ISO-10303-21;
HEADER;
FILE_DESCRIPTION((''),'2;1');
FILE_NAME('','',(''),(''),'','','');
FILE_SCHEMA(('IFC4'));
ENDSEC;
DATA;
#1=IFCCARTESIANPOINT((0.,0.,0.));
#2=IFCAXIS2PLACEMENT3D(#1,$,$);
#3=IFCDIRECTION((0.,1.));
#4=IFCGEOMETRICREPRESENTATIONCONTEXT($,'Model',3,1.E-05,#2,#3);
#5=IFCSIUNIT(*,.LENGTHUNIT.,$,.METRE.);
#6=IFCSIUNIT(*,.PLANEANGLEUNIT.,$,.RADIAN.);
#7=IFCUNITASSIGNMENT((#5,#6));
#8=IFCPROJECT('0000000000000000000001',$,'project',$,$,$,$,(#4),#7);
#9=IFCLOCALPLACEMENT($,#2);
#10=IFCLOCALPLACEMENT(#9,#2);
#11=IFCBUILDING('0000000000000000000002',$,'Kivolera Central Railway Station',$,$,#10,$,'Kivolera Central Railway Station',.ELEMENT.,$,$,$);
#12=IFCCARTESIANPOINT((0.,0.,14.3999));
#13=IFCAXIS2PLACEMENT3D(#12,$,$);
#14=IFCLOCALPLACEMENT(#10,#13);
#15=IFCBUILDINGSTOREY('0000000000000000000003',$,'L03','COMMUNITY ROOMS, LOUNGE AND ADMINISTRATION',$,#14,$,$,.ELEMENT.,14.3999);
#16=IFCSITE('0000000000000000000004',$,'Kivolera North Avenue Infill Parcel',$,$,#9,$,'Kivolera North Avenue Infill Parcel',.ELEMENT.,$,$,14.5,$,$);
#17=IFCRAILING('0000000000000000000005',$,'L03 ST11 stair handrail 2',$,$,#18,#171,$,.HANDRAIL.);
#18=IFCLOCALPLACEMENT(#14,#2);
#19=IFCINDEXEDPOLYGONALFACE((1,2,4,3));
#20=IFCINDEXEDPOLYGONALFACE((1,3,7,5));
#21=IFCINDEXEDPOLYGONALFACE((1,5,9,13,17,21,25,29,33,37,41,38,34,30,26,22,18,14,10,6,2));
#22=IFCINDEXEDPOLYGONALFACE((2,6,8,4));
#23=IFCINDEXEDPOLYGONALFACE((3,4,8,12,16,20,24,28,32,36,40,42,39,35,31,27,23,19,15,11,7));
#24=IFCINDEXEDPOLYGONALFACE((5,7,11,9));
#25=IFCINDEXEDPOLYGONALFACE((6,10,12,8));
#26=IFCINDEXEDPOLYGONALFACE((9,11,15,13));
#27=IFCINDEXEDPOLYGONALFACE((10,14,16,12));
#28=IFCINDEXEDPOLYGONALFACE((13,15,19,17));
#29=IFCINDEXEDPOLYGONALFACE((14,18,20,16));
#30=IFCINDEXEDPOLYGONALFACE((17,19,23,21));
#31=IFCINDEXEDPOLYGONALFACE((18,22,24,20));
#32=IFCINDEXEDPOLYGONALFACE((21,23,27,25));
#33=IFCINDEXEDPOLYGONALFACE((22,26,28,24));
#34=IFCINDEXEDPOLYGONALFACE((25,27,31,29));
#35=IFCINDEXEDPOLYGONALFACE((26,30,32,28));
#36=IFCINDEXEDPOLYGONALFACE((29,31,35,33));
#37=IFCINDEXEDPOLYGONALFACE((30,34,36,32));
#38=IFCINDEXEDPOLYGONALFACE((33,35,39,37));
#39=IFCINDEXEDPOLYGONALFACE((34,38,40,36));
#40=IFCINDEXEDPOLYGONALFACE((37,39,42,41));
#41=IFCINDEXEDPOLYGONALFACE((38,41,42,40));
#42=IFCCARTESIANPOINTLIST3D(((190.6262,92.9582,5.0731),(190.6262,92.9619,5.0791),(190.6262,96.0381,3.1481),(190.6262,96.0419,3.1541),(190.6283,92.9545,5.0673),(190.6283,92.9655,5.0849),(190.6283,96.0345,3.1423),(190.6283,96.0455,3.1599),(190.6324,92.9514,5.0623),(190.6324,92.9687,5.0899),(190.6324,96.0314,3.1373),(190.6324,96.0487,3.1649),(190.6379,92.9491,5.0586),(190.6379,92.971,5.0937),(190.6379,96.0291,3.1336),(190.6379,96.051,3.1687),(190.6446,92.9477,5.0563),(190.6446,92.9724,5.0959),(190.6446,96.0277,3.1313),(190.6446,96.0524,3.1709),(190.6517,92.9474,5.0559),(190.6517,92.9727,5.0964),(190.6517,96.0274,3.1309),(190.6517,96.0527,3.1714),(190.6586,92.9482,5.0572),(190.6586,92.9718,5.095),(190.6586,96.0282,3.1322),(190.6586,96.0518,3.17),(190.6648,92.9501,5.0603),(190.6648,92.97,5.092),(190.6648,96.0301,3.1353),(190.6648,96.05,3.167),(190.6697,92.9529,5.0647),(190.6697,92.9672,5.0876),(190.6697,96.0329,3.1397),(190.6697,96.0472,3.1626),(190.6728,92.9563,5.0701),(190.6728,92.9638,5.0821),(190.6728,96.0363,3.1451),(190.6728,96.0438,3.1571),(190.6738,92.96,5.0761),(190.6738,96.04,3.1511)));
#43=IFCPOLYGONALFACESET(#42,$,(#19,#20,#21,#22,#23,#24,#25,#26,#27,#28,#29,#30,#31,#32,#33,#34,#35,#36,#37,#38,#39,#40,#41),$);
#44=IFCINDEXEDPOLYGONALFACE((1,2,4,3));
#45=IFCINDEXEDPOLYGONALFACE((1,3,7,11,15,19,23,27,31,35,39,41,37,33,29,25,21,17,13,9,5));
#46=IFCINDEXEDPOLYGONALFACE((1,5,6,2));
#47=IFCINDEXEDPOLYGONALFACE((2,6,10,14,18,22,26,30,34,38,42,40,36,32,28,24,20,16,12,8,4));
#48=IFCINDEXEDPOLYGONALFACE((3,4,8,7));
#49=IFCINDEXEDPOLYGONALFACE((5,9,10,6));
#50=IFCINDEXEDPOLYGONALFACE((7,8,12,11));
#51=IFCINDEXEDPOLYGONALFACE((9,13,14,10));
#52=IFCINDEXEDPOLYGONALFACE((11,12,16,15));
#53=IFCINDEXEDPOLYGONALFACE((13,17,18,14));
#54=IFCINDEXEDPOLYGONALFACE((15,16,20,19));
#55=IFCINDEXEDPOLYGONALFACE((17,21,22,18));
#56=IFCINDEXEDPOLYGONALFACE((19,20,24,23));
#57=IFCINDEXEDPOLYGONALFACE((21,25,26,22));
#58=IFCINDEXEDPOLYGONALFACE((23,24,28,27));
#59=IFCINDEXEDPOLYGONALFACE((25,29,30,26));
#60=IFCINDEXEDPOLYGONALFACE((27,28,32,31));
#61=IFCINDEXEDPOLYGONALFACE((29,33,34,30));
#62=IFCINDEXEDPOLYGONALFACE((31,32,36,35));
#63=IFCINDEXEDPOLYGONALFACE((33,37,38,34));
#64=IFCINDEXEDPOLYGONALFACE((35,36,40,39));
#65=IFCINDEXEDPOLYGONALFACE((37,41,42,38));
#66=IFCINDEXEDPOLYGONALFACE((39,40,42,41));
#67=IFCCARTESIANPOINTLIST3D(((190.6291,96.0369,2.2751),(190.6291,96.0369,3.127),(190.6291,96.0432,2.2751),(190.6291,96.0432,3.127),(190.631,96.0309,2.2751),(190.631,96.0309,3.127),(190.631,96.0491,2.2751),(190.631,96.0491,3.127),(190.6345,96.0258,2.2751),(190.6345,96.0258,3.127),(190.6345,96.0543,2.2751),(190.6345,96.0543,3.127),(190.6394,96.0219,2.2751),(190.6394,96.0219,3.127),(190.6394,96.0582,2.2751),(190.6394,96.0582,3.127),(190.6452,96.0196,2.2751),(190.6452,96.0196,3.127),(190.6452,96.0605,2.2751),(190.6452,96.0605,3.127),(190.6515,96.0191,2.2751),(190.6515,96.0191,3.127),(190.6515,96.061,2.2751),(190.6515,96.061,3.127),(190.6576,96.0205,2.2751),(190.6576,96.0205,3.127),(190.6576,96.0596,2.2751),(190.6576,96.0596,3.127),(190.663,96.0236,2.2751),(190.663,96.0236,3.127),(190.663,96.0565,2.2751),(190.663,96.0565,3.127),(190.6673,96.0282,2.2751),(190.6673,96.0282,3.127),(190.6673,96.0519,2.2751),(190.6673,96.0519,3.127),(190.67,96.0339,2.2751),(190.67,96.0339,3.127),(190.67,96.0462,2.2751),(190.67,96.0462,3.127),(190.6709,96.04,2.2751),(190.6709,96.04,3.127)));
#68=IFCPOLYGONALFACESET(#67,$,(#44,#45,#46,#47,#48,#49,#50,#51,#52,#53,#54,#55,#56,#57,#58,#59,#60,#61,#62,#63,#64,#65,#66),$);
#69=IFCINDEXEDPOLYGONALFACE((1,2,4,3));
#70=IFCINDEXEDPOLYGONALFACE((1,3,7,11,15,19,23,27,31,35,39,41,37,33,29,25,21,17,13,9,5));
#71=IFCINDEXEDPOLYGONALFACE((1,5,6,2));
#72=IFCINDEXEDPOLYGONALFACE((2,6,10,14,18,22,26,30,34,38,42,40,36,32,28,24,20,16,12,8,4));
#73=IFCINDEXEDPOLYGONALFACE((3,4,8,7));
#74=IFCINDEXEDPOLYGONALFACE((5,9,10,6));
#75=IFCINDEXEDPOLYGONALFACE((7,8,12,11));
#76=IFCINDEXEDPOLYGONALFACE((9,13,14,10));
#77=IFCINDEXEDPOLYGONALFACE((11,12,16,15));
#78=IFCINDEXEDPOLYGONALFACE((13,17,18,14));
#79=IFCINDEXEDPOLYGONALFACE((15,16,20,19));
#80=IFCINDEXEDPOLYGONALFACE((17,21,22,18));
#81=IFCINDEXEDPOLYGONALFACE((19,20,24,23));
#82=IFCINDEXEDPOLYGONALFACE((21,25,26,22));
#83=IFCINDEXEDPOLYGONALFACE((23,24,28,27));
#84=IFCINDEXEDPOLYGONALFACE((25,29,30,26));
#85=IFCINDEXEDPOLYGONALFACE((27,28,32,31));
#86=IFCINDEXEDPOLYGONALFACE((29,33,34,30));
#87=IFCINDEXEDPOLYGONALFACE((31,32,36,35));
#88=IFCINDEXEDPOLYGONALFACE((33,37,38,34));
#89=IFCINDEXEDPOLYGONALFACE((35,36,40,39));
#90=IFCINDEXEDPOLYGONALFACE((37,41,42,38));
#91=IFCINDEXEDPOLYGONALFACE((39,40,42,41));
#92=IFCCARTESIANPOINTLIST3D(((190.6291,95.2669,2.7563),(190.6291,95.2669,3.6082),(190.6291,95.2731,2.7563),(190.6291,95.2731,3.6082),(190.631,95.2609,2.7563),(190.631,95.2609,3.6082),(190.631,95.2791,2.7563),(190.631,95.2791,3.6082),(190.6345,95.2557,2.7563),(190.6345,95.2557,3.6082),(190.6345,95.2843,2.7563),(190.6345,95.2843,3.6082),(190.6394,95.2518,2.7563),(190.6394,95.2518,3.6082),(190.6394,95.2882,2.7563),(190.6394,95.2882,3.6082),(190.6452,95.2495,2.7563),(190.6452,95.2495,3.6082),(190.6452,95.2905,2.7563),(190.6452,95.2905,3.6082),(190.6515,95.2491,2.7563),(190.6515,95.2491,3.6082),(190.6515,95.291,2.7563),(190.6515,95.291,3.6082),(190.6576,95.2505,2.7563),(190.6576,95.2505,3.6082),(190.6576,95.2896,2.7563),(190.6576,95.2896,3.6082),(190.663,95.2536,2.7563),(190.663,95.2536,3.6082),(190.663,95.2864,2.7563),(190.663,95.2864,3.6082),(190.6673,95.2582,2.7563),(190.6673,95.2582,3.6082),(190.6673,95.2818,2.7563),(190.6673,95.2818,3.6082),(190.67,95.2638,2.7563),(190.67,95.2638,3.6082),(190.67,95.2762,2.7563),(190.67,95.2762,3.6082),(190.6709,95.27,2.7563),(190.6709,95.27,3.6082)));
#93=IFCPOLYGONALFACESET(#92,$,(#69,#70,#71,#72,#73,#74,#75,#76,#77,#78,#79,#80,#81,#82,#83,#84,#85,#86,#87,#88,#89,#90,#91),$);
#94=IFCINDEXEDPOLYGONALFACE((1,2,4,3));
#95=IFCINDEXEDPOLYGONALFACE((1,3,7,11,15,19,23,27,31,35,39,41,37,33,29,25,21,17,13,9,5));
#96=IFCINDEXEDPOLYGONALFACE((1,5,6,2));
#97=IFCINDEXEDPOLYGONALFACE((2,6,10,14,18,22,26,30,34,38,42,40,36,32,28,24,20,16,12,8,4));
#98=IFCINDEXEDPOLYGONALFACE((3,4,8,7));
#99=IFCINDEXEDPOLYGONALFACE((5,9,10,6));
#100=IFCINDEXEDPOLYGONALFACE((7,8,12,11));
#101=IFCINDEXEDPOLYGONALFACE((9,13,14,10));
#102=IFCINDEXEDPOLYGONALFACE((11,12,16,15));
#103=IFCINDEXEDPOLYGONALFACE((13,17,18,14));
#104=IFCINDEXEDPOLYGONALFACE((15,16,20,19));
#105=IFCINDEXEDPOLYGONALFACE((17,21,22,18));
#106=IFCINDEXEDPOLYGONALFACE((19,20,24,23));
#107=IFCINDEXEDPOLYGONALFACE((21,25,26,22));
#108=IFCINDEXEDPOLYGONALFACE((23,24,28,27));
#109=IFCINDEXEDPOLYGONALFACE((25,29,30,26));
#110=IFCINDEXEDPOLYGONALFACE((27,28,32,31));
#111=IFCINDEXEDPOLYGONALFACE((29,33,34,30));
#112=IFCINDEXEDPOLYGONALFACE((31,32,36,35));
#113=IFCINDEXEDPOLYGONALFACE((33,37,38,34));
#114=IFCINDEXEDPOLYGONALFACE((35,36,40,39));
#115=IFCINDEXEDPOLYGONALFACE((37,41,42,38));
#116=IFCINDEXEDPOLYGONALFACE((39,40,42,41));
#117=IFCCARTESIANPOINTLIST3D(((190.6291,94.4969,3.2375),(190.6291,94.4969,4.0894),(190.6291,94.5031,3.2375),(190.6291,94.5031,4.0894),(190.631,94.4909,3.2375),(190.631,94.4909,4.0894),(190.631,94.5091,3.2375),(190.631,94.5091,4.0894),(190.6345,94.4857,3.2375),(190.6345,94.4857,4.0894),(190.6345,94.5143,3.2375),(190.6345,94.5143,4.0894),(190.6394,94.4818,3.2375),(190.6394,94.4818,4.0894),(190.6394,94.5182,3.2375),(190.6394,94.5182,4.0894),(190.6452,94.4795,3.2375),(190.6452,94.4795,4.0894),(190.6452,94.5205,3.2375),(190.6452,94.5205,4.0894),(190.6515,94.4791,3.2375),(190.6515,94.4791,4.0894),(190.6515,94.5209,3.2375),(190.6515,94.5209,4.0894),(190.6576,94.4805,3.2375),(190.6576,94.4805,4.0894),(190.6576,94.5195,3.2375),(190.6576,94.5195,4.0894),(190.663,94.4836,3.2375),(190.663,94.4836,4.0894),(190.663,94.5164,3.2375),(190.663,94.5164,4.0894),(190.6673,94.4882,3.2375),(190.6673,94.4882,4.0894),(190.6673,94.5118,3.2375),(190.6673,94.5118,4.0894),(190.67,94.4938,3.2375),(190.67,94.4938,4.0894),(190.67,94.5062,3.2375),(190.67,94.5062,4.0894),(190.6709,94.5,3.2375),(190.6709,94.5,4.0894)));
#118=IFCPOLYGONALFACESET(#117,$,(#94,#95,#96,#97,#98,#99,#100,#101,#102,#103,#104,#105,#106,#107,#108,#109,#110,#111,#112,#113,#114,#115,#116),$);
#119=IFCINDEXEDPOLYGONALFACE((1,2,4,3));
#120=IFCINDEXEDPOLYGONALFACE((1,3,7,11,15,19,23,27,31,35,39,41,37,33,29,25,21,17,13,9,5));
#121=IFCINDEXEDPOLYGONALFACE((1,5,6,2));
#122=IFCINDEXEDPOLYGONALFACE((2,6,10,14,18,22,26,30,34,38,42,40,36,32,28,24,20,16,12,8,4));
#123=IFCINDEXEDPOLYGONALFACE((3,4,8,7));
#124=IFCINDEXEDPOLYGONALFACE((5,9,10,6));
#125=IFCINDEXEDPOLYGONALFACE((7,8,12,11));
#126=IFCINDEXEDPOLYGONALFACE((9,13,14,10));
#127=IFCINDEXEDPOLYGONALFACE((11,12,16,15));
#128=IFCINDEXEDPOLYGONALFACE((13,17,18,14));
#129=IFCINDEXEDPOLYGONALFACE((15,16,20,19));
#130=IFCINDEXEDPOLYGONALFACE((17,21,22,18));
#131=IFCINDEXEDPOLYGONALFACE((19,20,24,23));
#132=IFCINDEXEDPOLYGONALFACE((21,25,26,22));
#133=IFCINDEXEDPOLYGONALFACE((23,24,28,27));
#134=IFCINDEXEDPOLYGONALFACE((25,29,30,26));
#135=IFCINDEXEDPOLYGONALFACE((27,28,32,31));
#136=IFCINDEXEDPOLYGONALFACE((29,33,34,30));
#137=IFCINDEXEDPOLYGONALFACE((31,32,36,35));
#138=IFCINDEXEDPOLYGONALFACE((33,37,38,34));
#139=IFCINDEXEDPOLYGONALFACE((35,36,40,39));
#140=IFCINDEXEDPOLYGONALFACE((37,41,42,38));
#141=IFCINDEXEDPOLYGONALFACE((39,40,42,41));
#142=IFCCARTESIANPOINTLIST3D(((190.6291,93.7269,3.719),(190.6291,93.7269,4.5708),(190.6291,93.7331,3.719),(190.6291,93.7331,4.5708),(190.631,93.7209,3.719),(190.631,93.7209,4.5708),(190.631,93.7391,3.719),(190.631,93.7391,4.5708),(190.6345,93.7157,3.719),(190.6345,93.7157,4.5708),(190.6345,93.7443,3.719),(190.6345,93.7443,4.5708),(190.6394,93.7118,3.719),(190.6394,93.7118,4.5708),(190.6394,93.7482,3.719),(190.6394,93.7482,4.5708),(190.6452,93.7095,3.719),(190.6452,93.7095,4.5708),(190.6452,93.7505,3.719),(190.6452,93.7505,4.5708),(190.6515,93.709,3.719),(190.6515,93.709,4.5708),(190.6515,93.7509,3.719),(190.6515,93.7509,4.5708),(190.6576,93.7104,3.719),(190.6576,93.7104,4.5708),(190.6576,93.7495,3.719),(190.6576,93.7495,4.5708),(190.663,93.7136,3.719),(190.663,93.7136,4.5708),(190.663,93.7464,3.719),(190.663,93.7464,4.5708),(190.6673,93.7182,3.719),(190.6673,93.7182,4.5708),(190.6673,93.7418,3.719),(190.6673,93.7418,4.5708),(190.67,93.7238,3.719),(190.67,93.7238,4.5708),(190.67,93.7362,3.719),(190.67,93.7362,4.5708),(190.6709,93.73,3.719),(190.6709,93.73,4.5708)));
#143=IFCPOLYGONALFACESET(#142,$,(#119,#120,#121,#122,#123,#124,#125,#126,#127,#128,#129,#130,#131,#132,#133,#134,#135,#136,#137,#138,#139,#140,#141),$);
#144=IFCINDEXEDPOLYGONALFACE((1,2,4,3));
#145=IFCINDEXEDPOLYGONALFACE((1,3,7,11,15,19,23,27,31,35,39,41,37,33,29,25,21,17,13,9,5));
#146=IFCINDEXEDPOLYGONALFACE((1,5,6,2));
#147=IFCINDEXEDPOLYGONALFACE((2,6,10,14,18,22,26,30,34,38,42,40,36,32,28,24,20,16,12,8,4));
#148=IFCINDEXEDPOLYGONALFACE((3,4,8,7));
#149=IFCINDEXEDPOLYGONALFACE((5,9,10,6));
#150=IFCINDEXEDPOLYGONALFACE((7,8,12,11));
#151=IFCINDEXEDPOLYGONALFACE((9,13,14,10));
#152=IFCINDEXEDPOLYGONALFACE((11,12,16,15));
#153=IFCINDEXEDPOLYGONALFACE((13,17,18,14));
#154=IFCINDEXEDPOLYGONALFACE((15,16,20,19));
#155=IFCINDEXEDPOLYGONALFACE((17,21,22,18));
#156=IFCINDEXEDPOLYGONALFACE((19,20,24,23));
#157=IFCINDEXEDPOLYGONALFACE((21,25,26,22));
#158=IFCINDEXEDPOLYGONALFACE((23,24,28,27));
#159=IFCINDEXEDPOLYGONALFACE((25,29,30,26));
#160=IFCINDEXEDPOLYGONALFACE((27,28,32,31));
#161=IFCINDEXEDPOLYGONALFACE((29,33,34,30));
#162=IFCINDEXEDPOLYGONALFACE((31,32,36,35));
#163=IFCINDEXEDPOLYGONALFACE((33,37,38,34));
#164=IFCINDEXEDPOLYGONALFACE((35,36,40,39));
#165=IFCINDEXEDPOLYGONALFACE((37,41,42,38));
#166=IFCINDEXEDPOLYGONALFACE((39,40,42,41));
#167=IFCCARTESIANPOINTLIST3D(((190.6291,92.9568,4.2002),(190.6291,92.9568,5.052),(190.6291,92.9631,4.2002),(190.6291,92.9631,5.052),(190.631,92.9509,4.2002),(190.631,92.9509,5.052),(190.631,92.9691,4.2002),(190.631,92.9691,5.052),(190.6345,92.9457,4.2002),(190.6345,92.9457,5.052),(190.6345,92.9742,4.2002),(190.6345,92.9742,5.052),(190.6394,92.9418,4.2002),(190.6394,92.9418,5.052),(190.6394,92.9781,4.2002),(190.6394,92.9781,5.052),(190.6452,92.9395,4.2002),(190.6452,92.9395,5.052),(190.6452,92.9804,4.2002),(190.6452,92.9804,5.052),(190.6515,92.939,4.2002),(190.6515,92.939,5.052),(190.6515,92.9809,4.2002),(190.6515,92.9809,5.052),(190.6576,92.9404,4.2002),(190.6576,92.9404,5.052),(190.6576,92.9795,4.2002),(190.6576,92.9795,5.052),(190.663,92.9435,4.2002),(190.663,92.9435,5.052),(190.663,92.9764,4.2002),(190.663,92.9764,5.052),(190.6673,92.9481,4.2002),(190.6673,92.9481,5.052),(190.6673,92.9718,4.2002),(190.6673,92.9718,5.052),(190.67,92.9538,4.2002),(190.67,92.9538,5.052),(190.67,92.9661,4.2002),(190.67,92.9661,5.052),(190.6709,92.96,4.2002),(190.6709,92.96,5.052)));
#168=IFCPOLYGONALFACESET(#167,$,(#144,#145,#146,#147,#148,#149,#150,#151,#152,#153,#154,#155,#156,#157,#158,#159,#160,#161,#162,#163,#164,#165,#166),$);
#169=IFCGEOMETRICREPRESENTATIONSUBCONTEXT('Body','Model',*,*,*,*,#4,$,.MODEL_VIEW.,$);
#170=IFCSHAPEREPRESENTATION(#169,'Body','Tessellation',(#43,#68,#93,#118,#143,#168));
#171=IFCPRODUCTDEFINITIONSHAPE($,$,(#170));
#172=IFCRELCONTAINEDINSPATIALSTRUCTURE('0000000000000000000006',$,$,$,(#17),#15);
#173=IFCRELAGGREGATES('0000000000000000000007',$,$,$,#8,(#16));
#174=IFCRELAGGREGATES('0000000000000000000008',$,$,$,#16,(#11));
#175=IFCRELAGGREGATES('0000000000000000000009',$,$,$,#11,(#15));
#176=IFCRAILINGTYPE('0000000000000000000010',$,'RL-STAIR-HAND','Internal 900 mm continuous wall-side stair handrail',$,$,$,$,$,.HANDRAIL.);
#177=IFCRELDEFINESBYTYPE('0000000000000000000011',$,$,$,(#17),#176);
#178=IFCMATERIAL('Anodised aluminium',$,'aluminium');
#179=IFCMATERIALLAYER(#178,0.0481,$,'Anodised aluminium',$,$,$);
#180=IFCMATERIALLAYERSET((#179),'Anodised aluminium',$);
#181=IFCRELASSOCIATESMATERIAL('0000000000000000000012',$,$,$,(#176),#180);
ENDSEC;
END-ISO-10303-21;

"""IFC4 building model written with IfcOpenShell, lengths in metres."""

from ifc_helpers import new_model, si_unit, direction, frame, origin, origin_2d, place, context, subcontext, project, spatial, circle, extrude, material, layer, layer_set, type_object, element, save


model = new_model("IFC4")

# Units and contexts
model_context = context("Model", 3, precision=1e-05, world=origin(), true_north=direction((0.0, 1.0)))
body_context = subcontext(model_context, "Body", "Model", "MODEL_VIEW")
ifc_project = project(units=[si_unit("LENGTHUNIT", "METRE"), si_unit("PLANEANGLEUNIT", "RADIAN")], contexts=[model_context])

# Site, building, storey
site_placement = place(None, origin())
site = spatial("IfcSite", under=ifc_project, at=site_placement, Name="Kivolera North Avenue Infill Parcel", LongName="Kivolera North Avenue Infill Parcel", CompositionType="ELEMENT", RefElevation=14.5)
building_placement = place(site_placement, origin())
building = spatial("IfcBuilding", under=site, at=building_placement, Name="Kivolera Central Railway Station", LongName="Kivolera Central Railway Station", CompositionType="ELEMENT")
storey_placement = place(building_placement, frame((0.0, 0.0, 14.3999)))
storey = spatial("IfcBuildingStorey", under=building, at=storey_placement, Name="L03", Description="COMMUNITY ROOMS, LOUNGE AND ADMINISTRATION", CompositionType="ELEMENT", Elevation=14.3999)

# Shared definitions
ifc_material_1 = material(Name="Anodised aluminium", Category="aluminium")

# Railing
ifc_layer_1 = layer(ifc_material_1, 0.0481, Name="Anodised aluminium")
ifc_layer_set_1 = layer_set([ifc_layer_1], Name="Anodised aluminium")
railing_type_1 = type_object("IfcRailingType", Name="RL-STAIR-HAND", Description="Internal 900 mm continuous wall-side stair handrail", PredefinedType="HANDRAIL", material=ifc_layer_set_1)
railing_1_placement = place(storey_placement, frame((190.6499, 96.04, 2.2751)))
element("IfcRailing", 1, at=railing_1_placement, inside=storey, type_object=railing_type_1, Name="L03 ST11 stair handrail 2", PredefinedType="HANDRAIL", context=body_context, shape_type="SweptSolid", body=[
    extrude(circle(Radius=0.0239, at=origin_2d()), frame((0.0, 0.0, 0.876), z_axis=(0.0, -0.847998, 0.529999), x_axis=(1.0, 0.0, 0.0)), (0.0, 0.0, 1.0), 3.6321),
    extrude(circle(Radius=0.021, at=origin_2d()), origin(), (0.0, 0.0, 1.0), 0.8518),
    extrude(circle(Radius=0.021, at=origin_2d()), frame((0.0, -0.77, 0.4812)), (0.0, 0.0, 1.0), 0.8518),
    extrude(circle(Radius=0.021, at=origin_2d()), frame((0.0, -1.54, 0.9624)), (0.0, 0.0, 1.0), 0.8518),
    extrude(circle(Radius=0.021, at=origin_2d()), frame((0.0, -2.3101, 1.4438)), (0.0, 0.0, 1.0), 0.8518),
    extrude(circle(Radius=0.021, at=origin_2d()), frame((0.0, -3.0801, 1.925)), (0.0, 0.0, 1.0), 0.8518),
])

save(model, "model.ifc")
